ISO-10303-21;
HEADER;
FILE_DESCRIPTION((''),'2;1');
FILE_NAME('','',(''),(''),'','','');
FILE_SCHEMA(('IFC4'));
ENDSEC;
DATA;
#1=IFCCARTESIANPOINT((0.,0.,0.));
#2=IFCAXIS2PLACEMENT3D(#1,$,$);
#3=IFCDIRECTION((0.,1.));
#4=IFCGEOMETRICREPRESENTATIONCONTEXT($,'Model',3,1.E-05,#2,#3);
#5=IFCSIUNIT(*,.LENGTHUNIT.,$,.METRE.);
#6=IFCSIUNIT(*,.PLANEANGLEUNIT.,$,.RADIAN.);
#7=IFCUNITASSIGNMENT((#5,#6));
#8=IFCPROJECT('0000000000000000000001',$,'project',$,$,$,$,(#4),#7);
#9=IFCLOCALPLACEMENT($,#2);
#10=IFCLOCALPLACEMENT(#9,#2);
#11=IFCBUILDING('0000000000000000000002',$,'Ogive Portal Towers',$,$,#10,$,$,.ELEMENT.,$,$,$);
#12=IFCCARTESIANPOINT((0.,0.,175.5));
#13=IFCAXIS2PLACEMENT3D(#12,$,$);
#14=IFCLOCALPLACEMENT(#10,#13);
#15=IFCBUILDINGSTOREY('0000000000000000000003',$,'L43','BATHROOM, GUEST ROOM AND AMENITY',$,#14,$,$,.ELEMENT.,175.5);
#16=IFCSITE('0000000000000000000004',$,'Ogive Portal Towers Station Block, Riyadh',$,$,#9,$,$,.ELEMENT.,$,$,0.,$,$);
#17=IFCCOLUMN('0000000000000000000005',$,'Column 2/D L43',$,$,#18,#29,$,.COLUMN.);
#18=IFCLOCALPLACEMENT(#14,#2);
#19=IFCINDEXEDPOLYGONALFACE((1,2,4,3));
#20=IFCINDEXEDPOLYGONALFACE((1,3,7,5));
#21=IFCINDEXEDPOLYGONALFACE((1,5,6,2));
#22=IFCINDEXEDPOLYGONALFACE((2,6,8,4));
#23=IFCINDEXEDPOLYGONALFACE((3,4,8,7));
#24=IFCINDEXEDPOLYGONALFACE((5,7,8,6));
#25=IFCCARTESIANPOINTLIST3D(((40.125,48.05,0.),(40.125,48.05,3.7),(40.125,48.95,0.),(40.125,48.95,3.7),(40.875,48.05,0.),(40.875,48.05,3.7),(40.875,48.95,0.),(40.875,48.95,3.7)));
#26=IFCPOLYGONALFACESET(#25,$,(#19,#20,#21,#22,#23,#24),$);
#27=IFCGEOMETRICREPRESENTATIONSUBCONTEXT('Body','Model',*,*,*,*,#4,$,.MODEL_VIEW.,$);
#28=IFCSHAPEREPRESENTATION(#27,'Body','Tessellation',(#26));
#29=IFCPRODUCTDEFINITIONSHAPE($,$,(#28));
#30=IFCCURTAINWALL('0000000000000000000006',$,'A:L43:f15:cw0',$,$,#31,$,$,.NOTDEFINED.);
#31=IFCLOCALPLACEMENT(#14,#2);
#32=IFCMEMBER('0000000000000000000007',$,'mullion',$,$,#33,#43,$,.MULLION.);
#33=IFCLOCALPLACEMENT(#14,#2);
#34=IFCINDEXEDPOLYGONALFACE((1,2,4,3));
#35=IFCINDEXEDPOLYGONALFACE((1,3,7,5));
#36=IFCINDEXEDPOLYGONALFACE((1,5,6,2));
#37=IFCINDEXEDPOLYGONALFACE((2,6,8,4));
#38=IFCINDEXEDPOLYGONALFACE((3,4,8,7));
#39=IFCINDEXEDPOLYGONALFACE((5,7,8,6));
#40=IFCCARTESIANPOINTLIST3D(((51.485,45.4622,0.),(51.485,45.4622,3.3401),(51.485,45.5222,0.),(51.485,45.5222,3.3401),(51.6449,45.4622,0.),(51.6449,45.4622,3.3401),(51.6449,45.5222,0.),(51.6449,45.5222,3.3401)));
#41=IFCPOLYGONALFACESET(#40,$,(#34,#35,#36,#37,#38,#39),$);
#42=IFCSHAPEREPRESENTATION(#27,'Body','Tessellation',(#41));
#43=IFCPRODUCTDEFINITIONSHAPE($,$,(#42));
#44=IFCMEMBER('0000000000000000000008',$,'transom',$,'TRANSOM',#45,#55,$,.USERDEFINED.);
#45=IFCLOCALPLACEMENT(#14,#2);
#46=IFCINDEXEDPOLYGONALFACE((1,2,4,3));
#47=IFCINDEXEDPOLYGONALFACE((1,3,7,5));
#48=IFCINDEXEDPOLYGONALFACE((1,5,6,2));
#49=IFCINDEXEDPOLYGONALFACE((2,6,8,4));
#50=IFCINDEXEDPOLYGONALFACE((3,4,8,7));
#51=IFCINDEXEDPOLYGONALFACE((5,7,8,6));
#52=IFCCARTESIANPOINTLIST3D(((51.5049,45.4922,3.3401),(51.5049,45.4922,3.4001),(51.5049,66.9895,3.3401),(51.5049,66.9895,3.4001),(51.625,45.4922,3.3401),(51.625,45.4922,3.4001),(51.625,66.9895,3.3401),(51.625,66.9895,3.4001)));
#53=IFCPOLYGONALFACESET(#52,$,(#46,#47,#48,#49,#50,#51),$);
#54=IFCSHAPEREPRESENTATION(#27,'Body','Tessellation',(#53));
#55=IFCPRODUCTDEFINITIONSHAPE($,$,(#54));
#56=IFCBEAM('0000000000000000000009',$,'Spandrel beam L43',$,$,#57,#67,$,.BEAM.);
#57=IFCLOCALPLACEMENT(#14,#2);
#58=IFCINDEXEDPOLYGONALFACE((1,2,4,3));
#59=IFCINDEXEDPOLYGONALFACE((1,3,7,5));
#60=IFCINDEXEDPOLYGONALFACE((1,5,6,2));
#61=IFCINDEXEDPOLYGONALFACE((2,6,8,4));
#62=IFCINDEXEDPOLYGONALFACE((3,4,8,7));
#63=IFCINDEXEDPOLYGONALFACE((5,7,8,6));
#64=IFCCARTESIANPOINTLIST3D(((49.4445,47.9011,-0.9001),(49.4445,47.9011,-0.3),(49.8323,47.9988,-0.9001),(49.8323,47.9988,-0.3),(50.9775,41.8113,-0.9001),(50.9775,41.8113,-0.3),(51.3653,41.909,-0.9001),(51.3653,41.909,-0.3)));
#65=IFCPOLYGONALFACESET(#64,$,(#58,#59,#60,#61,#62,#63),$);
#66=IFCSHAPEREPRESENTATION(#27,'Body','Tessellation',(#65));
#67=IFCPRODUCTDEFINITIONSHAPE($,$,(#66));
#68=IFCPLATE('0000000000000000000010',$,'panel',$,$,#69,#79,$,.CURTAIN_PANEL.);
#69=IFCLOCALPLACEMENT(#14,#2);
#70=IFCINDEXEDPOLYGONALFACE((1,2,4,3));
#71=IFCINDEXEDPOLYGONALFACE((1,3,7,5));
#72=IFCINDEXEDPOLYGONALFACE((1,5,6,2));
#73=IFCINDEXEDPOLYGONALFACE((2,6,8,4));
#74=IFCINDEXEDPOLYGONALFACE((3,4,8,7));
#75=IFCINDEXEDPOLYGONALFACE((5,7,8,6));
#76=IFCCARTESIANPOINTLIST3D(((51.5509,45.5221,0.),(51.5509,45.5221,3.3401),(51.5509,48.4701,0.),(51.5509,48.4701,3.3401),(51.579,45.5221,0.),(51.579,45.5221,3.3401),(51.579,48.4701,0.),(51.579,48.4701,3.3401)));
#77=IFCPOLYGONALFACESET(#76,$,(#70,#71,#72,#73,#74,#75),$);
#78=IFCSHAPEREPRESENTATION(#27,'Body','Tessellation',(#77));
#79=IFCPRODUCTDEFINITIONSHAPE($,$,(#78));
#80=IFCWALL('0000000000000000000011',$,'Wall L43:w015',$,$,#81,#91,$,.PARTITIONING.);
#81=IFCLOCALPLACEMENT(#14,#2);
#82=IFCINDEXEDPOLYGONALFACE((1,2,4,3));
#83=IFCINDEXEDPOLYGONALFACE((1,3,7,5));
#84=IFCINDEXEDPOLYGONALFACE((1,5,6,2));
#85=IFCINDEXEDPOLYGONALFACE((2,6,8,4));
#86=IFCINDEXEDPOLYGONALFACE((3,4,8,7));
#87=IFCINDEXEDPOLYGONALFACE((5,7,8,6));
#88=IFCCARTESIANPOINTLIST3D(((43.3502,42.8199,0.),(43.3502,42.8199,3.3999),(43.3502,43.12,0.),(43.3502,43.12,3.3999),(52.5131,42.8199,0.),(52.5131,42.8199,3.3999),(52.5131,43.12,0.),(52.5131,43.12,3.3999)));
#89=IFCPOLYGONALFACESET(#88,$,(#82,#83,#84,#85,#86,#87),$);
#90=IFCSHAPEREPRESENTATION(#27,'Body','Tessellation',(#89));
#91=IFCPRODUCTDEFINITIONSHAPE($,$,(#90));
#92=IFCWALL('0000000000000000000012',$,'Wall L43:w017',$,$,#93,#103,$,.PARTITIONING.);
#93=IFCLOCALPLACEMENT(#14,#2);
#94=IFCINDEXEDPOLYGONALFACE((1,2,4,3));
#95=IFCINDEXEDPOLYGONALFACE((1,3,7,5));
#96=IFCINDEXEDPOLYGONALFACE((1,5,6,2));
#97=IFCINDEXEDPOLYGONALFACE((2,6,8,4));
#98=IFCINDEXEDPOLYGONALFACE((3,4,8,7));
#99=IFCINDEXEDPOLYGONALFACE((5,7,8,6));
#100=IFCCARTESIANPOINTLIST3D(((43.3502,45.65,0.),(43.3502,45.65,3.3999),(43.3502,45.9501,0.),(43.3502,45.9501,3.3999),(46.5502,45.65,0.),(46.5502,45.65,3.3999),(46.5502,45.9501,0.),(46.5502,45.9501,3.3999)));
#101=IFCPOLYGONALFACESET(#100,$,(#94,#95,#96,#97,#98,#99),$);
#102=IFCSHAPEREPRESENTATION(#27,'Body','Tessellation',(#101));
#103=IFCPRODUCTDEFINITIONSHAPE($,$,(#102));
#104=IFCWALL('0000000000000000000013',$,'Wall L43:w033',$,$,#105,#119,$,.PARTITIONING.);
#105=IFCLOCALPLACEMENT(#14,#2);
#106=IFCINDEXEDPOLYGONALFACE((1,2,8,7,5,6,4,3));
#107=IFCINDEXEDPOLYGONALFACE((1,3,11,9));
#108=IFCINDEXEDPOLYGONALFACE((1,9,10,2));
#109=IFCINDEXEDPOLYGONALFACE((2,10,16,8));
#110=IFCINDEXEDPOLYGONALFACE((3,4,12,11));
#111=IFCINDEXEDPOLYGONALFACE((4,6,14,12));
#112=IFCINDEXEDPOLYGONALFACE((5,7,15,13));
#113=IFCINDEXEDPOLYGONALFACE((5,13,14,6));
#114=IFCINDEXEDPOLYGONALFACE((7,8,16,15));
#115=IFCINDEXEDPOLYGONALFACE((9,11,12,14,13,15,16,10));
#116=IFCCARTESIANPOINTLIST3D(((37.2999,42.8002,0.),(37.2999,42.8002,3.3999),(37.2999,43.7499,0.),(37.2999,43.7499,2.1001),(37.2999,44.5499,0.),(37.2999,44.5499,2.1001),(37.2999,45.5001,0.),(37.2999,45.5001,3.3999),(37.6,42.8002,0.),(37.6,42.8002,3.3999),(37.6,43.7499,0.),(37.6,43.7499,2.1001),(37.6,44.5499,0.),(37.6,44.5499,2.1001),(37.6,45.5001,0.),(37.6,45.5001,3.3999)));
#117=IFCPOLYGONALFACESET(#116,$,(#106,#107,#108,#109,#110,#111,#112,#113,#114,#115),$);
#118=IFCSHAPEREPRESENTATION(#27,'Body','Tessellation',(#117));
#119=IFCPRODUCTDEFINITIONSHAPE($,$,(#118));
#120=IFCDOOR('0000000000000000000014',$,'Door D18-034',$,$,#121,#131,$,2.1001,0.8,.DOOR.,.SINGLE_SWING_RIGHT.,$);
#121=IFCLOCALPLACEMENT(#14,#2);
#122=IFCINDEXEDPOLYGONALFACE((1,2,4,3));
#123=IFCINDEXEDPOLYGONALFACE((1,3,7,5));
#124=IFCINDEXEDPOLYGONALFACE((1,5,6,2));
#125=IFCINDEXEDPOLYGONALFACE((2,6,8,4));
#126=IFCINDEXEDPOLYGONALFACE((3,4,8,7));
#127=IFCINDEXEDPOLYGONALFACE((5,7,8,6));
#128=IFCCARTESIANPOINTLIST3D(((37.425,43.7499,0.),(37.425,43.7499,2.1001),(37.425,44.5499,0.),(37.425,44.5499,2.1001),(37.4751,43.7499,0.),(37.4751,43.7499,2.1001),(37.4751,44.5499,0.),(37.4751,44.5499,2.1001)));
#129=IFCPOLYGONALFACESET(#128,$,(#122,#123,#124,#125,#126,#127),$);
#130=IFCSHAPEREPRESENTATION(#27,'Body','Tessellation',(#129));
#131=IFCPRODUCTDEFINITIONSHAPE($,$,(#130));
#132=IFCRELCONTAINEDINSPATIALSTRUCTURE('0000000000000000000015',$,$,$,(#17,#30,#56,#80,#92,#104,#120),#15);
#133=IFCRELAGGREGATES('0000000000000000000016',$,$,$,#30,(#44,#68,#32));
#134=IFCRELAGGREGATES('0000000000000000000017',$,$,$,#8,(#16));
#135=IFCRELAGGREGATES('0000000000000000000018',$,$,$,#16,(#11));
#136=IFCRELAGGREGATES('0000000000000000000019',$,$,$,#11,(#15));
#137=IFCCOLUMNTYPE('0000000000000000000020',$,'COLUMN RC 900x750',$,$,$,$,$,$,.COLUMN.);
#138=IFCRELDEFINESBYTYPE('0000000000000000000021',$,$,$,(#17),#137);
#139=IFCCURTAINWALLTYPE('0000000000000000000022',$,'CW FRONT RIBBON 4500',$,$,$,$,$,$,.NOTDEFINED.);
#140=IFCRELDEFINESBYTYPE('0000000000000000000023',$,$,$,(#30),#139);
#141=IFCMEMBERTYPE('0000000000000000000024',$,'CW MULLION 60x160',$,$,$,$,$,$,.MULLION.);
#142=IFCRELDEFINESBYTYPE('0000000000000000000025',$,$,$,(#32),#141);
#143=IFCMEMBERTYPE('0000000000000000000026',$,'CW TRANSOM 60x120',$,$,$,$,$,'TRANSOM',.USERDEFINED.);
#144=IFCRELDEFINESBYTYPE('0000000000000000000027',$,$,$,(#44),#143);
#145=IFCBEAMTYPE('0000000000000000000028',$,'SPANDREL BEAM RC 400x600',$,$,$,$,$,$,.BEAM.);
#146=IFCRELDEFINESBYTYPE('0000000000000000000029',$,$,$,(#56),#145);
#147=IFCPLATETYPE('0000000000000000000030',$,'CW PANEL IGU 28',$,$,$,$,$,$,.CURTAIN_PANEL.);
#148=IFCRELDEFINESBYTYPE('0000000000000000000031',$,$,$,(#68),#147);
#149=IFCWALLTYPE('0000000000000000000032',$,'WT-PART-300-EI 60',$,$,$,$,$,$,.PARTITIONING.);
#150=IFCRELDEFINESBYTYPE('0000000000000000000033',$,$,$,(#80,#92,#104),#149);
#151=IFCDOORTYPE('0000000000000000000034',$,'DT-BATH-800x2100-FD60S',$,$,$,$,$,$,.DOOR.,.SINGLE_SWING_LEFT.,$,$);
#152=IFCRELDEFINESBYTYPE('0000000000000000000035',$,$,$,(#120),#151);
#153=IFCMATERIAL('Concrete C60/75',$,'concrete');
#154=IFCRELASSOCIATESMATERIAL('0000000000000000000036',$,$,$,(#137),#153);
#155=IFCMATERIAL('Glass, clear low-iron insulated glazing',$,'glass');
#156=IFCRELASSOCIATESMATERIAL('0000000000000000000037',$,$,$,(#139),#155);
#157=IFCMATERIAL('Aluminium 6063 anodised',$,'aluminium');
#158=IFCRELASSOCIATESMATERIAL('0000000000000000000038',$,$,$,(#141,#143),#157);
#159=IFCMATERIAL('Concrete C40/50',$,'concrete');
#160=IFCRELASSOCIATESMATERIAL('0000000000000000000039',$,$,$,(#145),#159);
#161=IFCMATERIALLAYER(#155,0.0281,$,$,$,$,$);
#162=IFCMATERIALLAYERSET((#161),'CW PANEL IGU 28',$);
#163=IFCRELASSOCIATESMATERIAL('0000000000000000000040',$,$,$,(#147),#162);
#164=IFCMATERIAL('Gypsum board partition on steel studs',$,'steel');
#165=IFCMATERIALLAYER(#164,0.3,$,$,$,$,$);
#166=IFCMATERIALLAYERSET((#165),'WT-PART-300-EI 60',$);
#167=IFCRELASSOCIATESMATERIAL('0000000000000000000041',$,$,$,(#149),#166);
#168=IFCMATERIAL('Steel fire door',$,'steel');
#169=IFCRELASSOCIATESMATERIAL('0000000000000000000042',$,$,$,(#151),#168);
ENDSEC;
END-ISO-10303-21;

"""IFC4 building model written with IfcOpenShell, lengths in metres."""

from ifc_helpers import new_model, si_unit, direction, frame, frame_2d, origin, origin_2d, place, context, subcontext, project, spatial, rectangle, extrude, material, layer, layer_set, material_profile, profile_set, type_object, element, fill, aggregate, save


model = new_model("IFC4")

# Units and contexts
model_context = context("Model", 3, precision=1e-05, world=origin(), true_north=direction((0.0, 1.0)))
body_context = subcontext(model_context, "Body", "Model", "MODEL_VIEW")
ifc_project = project(units=[si_unit("LENGTHUNIT", "METRE"), si_unit("PLANEANGLEUNIT", "RADIAN")], contexts=[model_context])

# Site, building, storey
site_placement = place(None, origin())
site = spatial("IfcSite", under=ifc_project, at=site_placement, Name="Ogive Portal Towers Station Block, Riyadh", CompositionType="ELEMENT", RefElevation=0.0)
building_placement = place(site_placement, origin())
building = spatial("IfcBuilding", under=site, at=building_placement, Name="Ogive Portal Towers", CompositionType="ELEMENT")
storey_placement = place(building_placement, frame((0.0, 0.0, 175.5)))
storey = spatial("IfcBuildingStorey", under=building, at=storey_placement, Name="L43", Description="BATHROOM, GUEST ROOM AND AMENITY", CompositionType="ELEMENT", Elevation=175.5)

# Column
ifc_material_1 = material(Name="Concrete C60/75", Category="concrete")
ifc_material_profile_1 = material_profile(ifc_material_1, rectangle(XDim=0.8999, YDim=0.75, at=origin_2d()), Name="RC 900x750")
ifc_profile_set_1 = profile_set([ifc_material_profile_1], Name="Concrete C60/75")
column_type = type_object("IfcColumnType", Name="COLUMN RC 900x750", PredefinedType="COLUMN", material=ifc_profile_set_1)
column_placement = place(storey_placement, frame((40.5, 48.5, 0.0), z_axis=(0.0, 0.0, 1.0), x_axis=(0.0, 1.0, 0.0)))
element("IfcColumn", 1, at=column_placement, inside=storey, type_object=column_type, Name="Column 2/D L43", PredefinedType="COLUMN", context=body_context, shape_type="SweptSolid", body=[
    extrude(rectangle(XDim=0.8999, YDim=0.75, at=origin_2d()), origin(), (0.0, 0.0, 1.0), 3.7),
])

# Curtain wall, members
ifc_material_2 = material(Name="Glass, clear low-iron insulated glazing", Category="glass")
curtain_wall_type = type_object("IfcCurtainWallType", Name="CW FRONT RIBBON 4500", PredefinedType="NOTDEFINED", material=ifc_material_2)
curtain_wall_placement = place(storey_placement, origin())
curtain_wall = element("IfcCurtainWall", 2, at=curtain_wall_placement, inside=storey, type_object=curtain_wall_type, Name="A:L43:f15:cw0", PredefinedType="NOTDEFINED")
ifc_material_3 = material(Name="Aluminium 6063 anodised", Category="aluminium")
ifc_material_profile_2 = material_profile(ifc_material_3, rectangle(XDim=0.1599, YDim=0.0601, at=origin_2d()), Name="AL 60x160")
ifc_profile_set_2 = profile_set([ifc_material_profile_2], Name="Aluminium 6063 anodised")
member_type_1 = type_object("IfcMemberType", Name="CW MULLION 60x160", PredefinedType="MULLION", material=ifc_profile_set_2)
member_1_placement = place(storey_placement, frame((51.5649, 45.4922, 0.0), z_axis=(0.0, 0.0, 1.0), x_axis=(-1.0, 0.0, 0.0)))
member_1 = element("IfcMember", 3, at=member_1_placement, type_object=member_type_1, Name="mullion", PredefinedType="MULLION", context=body_context, shape_type="SweptSolid", body=[
    extrude(rectangle(XDim=0.1599, YDim=0.0601, at=origin_2d()), origin(), (0.0, 0.0, 1.0), 3.3401),
])
ifc_material_profile_3 = material_profile(ifc_material_3, rectangle(XDim=0.1201, YDim=0.0601, at=origin_2d()), Name="AL 120x60")
ifc_profile_set_3 = profile_set([ifc_material_profile_3], Name="Aluminium 6063 anodised")
member_type_2 = type_object("IfcMemberType", Name="CW TRANSOM 60x120", ElementType="TRANSOM", PredefinedType="USERDEFINED", material=ifc_profile_set_3)
member_2_placement = place(storey_placement, frame((51.5649, 45.4922, 3.3701), z_axis=(0.0, 1.0, 0.0), x_axis=(-1.0, 0.0, 0.0)))
member_2 = element("IfcMember", 4, at=member_2_placement, type_object=member_type_2, Name="transom", ObjectType="TRANSOM", PredefinedType="USERDEFINED", context=body_context, shape_type="SweptSolid", body=[
    extrude(rectangle(XDim=0.1201, YDim=0.0601, at=origin_2d()), origin(), (0.0, 0.0, 1.0), 21.4973),
])

# Beam
ifc_material_4 = material(Name="Concrete C40/50", Category="concrete")
ifc_material_profile_4 = material_profile(ifc_material_4, rectangle(XDim=0.3999, YDim=0.6001, at=origin_2d()), Name="RC 400x600")
ifc_profile_set_4 = profile_set([ifc_material_profile_4], Name="Concrete C40/50")
beam_type = type_object("IfcBeamType", Name="SPANDREL BEAM RC 400x600", PredefinedType="BEAM", material=ifc_profile_set_4)
beam_placement = place(storey_placement, frame((49.6384, 47.95, -0.6001), z_axis=(0.244109, -0.969748, 0.0), x_axis=(0.969748, 0.244109, 0.0)))
element("IfcBeam", 5, at=beam_placement, inside=storey, type_object=beam_type, Name="Spandrel beam L43", PredefinedType="BEAM", context=body_context, shape_type="SweptSolid", body=[
    extrude(rectangle(XDim=0.3999, YDim=0.6001, at=origin_2d()), origin(), (0.0, 0.0, 1.0), 6.2798),
])

# Plate
ifc_layer_1 = layer(ifc_material_2, 0.0281)
ifc_layer_set_1 = layer_set([ifc_layer_1], Name="CW PANEL IGU 28")
plate_type = type_object("IfcPlateType", Name="CW PANEL IGU 28", PredefinedType="CURTAIN_PANEL", material=ifc_layer_set_1)
plate_placement = place(storey_placement, frame((51.5649, 46.9961, 0.0), z_axis=(0.0, 0.0, 1.0), x_axis=(0.0, 1.0, 0.0)))
plate = element("IfcPlate", 6, at=plate_placement, type_object=plate_type, Name="panel", PredefinedType="CURTAIN_PANEL", context=body_context, shape_type="SweptSolid", body=[
    extrude(rectangle(XDim=2.948, YDim=0.0281, at=origin_2d()), origin(), (0.0, 0.0, 1.0), 3.3401),
])
aggregate(curtain_wall, [member_2, plate, member_1])

# Walls
ifc_material_5 = material(Name="Gypsum board partition on steel studs", Category="steel")
ifc_layer_2 = layer(ifc_material_5, 0.3)
ifc_layer_set_2 = layer_set([ifc_layer_2], Name="WT-PART-300-EI 60")
wall_type = type_object("IfcWallType", Name="WT-PART-300-EI 60", PredefinedType="PARTITIONING", material=ifc_layer_set_2)
wall_1_placement = place(storey_placement, frame((43.3501, 42.97, 0.0), z_axis=(0.0, 0.0, 1.0), x_axis=(1.0, 0.0, 0.0)))
element("IfcWall", 7, at=wall_1_placement, inside=storey, type_object=wall_type, Name="Wall L43:w015", PredefinedType="PARTITIONING", context=body_context, shape_type="SweptSolid", body=[
    extrude(rectangle(XDim=9.1628, YDim=0.3, at=frame_2d((4.5815, 0.0))), origin(), (0.0, 0.0, 1.0), 3.3999),
])
wall_2_placement = place(storey_placement, frame((43.3501, 45.8, 0.0), z_axis=(0.0, 0.0, 1.0), x_axis=(1.0, 0.0, 0.0)))
element("IfcWall", 8, at=wall_2_placement, inside=storey, type_object=wall_type, Name="Wall L43:w017", PredefinedType="PARTITIONING", context=body_context, shape_type="SweptSolid", body=[
    extrude(rectangle(XDim=3.2, YDim=0.3, at=frame_2d((1.6001, 0.0))), origin(), (0.0, 0.0, 1.0), 3.3999),
])

# Wall, opening, door
wall_3_placement = place(storey_placement, frame((37.45, 42.8, 0.0), z_axis=(0.0, 0.0, 1.0), x_axis=(0.0, 1.0, 0.0)))
wall_3 = element("IfcWall", 9, at=wall_3_placement, inside=storey, type_object=wall_type, Name="Wall L43:w033", PredefinedType="PARTITIONING", context=body_context, shape_type="SweptSolid", body=[
    extrude(rectangle(XDim=2.7, YDim=0.3, at=frame_2d((1.3501, 0.0))), origin(), (0.0, 0.0, 1.0), 3.3999),
])
opening_1_placement = place(wall_3_placement, frame((0.95, 0.0, 0.0)))
opening_1 = element("IfcOpeningElement", 10, at=opening_1_placement, cuts=wall_3, PredefinedType="OPENING", context=body_context, shape_type="SweptSolid", body=[
    extrude(rectangle(XDim=0.8, YDim=2.1001, at=frame_2d((0.3999, 1.05))), frame((0.0, 0.1602, 0.0), z_axis=(0.0, -1.0, 0.0), x_axis=(1.0, 0.0, 0.0)), (0.0, 0.0, 1.0), 0.3201),
])
ifc_material_6 = material(Name="Steel fire door", Category="steel")
door_type = type_object("IfcDoorType", Name="DT-BATH-800x2100-FD60S", OperationType="SINGLE_SWING_LEFT", PredefinedType="DOOR", material=ifc_material_6)
door_1_placement = place(opening_1_placement, origin())
door_1 = element("IfcDoor", 11, at=door_1_placement, inside=storey, type_object=door_type, Name="Door D18-034", OperationType="SINGLE_SWING_RIGHT", OverallHeight=2.1001, OverallWidth=0.8, PredefinedType="DOOR", context=body_context, shape_type="SweptSolid", body=[
    extrude(rectangle(XDim=0.8, YDim=2.1001, at=frame_2d((0.3999, 1.05))), frame((0.0, 0.0249, 0.0), z_axis=(0.0, -1.0, 0.0), x_axis=(1.0, 0.0, 0.0)), (0.0, 0.0, 1.0), 0.05),
])
fill(opening_1, door_1)

save(model, "model.ifc")
